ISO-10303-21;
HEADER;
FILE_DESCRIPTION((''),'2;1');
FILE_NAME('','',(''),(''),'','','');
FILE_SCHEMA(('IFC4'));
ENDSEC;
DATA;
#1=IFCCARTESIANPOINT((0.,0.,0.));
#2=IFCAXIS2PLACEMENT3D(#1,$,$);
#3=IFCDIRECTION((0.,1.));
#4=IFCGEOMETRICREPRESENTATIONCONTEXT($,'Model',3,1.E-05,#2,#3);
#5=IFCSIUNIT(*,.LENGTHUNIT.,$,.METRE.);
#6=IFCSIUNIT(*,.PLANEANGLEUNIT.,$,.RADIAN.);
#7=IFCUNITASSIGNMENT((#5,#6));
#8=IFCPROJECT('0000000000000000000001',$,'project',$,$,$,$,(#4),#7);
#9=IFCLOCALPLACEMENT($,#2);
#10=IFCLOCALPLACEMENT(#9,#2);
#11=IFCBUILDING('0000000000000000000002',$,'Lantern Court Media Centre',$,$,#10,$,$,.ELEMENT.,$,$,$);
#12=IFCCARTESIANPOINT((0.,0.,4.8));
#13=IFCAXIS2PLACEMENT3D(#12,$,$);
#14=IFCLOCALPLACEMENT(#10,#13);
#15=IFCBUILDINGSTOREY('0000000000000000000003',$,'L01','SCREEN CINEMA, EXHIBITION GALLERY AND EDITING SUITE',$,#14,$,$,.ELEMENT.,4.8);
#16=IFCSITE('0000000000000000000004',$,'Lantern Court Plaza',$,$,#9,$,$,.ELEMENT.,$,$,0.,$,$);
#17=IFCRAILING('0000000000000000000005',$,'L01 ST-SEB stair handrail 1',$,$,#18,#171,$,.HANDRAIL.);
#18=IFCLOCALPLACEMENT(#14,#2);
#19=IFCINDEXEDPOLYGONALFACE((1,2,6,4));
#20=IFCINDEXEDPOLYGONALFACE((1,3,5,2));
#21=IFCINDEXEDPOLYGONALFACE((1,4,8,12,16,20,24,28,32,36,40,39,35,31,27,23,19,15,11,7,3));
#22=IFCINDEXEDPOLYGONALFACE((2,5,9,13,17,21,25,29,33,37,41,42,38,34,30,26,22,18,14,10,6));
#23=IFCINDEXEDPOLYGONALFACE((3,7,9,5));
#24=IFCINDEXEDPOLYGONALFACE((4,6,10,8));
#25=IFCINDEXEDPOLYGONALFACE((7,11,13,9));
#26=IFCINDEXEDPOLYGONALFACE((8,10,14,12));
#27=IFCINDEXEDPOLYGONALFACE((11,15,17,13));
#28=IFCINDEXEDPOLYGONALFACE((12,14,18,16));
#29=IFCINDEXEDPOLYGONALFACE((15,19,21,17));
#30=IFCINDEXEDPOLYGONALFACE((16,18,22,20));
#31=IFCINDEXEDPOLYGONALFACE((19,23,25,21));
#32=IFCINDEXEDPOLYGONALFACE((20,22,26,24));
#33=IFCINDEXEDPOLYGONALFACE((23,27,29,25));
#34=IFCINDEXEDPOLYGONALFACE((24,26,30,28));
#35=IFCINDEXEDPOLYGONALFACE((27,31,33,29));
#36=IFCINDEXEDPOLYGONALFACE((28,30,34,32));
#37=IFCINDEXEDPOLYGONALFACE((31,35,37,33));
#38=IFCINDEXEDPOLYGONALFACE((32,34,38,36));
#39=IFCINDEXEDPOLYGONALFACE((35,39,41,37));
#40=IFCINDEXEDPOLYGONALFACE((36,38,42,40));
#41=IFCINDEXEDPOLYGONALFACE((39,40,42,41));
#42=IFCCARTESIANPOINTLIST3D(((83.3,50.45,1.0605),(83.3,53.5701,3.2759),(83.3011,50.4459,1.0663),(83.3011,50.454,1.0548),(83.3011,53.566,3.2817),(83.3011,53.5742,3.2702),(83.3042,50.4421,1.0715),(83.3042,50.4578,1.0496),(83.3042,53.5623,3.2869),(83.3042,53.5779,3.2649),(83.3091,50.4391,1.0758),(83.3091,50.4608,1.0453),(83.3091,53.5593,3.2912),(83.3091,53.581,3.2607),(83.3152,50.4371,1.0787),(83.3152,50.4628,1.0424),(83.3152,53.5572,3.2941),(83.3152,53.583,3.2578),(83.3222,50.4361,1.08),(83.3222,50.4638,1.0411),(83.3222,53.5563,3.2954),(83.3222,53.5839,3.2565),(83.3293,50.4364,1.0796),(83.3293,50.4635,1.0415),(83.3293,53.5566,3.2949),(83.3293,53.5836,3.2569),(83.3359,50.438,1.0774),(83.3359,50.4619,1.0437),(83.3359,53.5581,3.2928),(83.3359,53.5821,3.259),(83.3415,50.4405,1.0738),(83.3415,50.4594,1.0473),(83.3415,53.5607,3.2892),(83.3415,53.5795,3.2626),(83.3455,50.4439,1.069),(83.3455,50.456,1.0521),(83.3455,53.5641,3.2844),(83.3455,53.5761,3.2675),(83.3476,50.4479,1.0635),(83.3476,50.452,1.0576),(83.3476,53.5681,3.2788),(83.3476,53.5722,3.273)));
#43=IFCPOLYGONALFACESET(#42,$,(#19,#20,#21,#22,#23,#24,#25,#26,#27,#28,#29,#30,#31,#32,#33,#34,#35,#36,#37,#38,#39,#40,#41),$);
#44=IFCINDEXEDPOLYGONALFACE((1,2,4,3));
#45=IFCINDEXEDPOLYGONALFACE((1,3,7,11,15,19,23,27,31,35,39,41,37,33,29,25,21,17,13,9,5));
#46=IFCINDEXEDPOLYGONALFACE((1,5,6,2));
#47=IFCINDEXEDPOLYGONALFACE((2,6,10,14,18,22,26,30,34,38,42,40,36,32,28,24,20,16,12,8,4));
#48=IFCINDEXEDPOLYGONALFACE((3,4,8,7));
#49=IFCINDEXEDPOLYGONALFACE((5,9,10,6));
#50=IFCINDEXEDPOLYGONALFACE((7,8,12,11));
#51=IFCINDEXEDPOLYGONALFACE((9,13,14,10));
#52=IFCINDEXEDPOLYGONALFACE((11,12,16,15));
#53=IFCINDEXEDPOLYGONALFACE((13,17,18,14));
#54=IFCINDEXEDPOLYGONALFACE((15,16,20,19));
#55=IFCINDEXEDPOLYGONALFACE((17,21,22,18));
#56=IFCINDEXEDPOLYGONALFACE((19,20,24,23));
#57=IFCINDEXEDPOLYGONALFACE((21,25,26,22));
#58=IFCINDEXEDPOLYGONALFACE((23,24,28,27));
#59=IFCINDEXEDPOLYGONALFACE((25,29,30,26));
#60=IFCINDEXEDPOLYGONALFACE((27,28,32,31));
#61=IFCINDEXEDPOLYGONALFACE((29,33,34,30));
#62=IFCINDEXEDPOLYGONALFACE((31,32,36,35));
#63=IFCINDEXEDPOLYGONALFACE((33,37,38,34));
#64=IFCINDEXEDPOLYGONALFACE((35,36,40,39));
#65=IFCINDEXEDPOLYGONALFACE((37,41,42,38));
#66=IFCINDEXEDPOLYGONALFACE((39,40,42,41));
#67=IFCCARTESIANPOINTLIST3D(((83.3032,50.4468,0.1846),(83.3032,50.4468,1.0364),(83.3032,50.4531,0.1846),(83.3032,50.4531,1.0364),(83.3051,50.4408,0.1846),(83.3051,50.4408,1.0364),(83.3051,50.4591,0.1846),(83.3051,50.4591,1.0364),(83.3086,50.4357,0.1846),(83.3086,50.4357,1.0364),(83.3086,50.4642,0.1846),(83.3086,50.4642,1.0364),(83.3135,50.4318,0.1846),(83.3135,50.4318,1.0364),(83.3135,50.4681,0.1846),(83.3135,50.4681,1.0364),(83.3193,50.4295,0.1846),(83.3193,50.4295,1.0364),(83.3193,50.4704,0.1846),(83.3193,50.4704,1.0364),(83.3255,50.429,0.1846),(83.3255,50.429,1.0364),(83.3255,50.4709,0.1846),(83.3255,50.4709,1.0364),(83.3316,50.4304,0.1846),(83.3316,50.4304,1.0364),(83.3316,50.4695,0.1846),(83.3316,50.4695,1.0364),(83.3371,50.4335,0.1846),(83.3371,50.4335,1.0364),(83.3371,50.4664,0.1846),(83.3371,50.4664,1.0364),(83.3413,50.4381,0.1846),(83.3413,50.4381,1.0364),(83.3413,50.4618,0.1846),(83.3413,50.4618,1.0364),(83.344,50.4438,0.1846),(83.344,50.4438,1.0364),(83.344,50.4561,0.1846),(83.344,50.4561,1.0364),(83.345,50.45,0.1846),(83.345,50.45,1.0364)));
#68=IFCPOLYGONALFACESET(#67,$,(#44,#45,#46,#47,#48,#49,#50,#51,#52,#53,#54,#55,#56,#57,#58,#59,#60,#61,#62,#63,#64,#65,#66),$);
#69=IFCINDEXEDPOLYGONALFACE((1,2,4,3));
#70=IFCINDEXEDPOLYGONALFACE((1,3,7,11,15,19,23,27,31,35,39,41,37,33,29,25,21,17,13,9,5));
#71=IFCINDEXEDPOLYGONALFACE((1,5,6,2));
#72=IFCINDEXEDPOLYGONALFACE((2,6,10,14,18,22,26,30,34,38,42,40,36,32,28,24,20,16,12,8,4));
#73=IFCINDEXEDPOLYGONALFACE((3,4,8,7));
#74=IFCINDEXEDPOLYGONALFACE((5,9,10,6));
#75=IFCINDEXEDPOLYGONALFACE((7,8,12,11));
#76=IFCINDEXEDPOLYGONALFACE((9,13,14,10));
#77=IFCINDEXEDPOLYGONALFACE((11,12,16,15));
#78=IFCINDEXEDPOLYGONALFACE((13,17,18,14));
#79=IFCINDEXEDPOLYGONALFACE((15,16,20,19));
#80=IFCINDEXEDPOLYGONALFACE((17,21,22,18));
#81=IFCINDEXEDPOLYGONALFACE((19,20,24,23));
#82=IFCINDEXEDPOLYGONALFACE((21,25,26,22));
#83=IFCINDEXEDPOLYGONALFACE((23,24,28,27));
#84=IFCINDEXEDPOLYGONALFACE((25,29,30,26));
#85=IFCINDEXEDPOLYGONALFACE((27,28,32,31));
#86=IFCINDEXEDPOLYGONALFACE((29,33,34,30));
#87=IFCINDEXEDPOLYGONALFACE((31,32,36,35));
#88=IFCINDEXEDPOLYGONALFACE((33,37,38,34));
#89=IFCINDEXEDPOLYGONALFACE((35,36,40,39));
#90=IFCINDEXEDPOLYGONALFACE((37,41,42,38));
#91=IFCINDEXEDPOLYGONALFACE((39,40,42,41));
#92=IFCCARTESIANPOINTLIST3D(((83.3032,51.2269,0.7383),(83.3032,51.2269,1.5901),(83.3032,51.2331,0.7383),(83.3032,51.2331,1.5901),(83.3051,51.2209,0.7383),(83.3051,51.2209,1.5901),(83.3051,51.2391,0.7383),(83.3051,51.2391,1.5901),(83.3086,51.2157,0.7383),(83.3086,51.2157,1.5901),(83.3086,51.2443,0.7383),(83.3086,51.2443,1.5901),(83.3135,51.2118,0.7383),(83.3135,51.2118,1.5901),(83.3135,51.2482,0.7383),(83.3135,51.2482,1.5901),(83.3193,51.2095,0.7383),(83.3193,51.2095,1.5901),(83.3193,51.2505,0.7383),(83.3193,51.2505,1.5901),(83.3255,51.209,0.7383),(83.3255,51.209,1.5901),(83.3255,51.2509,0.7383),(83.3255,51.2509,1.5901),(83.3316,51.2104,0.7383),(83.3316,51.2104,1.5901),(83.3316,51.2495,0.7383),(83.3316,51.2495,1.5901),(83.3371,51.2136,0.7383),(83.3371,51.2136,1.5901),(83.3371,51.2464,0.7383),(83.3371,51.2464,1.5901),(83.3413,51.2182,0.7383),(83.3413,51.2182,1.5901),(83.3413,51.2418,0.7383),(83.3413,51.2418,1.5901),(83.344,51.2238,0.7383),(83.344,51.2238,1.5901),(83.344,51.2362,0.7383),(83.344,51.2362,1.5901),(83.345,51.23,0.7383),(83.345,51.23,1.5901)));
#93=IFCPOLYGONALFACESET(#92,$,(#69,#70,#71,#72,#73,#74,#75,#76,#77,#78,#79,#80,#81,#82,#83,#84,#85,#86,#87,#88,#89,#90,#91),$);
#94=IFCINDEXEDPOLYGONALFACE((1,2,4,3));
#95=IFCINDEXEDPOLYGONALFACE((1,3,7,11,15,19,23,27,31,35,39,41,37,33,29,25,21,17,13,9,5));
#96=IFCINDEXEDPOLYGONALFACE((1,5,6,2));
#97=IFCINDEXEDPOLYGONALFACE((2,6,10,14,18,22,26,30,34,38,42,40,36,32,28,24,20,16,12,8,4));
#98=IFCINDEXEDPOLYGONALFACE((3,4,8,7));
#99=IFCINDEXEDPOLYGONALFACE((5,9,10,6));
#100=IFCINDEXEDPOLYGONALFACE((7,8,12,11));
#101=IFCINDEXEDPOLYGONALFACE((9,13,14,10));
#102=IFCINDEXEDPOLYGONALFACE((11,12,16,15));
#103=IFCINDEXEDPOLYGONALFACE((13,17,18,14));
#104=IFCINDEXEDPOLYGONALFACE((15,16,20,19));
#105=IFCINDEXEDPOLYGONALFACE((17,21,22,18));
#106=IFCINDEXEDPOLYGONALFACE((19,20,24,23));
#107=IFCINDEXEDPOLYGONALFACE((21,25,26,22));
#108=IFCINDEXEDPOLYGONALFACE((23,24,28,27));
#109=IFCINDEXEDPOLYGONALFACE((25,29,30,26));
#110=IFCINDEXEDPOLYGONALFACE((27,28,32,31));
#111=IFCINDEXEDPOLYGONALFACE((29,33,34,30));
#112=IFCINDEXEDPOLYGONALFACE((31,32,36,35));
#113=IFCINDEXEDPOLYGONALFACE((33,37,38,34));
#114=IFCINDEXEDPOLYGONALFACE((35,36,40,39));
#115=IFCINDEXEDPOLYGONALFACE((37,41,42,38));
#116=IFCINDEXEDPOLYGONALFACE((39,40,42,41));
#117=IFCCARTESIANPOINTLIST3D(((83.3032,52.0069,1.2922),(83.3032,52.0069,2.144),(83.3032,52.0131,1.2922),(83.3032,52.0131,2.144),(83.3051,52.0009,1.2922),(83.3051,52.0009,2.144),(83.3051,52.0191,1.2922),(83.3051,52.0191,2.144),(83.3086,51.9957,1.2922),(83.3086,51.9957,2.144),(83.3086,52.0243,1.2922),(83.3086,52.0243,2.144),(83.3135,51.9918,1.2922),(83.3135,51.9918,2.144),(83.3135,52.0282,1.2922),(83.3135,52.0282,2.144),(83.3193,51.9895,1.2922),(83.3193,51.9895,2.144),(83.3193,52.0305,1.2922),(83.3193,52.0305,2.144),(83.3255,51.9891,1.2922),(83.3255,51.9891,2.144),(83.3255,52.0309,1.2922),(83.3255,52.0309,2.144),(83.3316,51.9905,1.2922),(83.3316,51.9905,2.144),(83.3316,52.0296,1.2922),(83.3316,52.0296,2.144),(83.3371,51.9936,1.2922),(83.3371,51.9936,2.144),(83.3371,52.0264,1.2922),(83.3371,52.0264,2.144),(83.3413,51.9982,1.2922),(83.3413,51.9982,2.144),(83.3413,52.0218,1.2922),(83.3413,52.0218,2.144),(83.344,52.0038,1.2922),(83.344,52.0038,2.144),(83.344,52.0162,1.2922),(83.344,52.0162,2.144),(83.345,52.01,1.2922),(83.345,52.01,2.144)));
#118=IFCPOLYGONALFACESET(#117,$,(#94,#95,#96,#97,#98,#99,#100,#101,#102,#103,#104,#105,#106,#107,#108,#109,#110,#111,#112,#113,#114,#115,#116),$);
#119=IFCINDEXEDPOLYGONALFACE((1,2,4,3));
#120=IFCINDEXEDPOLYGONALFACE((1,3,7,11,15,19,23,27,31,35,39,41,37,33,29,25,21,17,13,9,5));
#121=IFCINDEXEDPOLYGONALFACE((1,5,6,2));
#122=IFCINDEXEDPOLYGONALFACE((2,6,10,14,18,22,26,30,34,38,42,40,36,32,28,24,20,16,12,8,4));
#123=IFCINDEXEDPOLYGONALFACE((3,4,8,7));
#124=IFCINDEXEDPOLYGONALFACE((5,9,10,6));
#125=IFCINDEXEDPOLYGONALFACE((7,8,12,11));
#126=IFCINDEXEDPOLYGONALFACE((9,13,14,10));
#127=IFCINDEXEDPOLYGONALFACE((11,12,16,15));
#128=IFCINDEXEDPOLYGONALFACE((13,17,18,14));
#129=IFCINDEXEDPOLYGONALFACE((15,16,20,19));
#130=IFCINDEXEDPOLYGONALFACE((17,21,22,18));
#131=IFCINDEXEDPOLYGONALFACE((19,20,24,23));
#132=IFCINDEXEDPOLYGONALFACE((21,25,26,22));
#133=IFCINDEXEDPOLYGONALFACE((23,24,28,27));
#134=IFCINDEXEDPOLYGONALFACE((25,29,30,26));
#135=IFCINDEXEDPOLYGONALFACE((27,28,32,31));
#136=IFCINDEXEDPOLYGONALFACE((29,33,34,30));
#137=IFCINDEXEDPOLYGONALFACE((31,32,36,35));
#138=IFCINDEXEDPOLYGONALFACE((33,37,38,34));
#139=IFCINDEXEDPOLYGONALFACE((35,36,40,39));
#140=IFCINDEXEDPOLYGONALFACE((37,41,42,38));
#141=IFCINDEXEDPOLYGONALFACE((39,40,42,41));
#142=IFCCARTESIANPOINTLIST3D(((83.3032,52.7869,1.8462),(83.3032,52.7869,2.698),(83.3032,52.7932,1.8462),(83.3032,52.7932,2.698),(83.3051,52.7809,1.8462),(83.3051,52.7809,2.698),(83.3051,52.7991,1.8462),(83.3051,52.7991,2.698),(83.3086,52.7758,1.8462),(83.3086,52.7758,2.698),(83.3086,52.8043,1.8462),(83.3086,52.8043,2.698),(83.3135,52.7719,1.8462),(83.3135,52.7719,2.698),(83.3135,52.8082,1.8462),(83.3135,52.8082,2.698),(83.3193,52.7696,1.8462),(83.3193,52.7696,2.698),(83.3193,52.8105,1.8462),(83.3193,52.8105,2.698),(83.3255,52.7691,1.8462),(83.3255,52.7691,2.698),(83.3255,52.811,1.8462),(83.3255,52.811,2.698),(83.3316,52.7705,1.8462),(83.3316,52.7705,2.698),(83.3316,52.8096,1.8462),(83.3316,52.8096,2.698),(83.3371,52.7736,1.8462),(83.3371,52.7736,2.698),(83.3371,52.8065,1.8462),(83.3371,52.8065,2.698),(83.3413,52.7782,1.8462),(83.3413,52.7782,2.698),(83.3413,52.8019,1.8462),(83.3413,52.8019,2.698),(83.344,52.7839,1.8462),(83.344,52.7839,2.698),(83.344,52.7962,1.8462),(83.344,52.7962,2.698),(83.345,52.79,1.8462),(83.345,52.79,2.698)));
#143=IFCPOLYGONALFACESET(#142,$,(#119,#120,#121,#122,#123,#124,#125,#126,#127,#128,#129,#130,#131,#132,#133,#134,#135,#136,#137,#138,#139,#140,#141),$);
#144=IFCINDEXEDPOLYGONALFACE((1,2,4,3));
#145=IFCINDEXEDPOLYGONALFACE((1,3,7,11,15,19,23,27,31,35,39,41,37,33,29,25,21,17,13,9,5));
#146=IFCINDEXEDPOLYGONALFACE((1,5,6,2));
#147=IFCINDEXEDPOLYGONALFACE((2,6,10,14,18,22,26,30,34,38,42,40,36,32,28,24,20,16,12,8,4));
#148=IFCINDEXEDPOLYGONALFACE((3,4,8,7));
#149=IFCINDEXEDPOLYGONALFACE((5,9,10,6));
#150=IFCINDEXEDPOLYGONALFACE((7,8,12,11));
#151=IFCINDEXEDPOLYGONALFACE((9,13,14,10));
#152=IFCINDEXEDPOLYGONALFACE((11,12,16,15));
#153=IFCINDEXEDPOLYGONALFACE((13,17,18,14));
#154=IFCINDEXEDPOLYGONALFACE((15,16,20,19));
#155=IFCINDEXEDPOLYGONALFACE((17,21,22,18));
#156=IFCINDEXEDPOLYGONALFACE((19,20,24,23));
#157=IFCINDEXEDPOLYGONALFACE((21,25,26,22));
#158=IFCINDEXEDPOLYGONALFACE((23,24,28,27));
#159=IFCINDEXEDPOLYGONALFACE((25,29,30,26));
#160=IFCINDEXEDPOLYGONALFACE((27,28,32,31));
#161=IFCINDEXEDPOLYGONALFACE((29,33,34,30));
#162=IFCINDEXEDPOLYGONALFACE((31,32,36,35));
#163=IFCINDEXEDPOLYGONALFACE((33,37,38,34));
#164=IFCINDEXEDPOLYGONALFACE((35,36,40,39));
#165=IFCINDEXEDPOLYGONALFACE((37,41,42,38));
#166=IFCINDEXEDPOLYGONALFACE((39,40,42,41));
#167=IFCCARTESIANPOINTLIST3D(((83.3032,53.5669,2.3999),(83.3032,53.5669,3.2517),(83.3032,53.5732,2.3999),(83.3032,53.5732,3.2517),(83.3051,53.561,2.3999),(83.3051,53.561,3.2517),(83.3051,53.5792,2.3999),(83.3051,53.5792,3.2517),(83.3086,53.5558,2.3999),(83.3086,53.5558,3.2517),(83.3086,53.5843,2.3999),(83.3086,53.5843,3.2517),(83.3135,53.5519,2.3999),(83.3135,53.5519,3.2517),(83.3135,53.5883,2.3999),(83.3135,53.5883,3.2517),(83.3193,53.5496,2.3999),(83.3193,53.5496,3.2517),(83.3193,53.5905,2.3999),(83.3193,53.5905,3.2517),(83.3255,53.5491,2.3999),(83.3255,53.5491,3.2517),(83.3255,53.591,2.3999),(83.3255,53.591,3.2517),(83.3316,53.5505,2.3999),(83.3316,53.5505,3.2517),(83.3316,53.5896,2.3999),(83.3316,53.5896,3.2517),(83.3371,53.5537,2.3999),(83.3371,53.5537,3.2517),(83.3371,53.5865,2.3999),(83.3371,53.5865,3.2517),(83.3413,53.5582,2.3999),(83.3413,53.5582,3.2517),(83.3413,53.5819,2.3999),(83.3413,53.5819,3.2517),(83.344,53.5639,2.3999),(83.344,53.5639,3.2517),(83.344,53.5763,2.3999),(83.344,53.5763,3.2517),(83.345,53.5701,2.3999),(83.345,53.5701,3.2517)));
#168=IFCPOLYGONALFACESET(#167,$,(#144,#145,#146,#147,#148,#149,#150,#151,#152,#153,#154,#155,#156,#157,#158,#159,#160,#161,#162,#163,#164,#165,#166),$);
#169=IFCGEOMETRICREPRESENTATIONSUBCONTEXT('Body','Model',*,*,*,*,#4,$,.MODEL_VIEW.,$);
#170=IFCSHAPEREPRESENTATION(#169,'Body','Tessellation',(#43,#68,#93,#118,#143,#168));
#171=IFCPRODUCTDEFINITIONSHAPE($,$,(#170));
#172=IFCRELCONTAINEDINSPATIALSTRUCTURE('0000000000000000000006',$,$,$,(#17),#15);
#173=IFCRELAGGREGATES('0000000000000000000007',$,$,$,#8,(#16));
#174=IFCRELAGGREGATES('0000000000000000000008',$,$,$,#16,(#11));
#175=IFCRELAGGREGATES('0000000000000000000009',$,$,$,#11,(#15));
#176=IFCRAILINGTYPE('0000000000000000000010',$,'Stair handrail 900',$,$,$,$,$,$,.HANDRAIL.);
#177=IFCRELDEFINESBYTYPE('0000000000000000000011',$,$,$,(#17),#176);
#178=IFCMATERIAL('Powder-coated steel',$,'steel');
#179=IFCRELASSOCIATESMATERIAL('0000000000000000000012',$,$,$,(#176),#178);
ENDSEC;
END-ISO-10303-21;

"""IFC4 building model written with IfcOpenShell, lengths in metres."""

from ifc_helpers import new_model, si_unit, direction, frame, origin, origin_2d, place, context, subcontext, project, spatial, circle, extrude, material, type_object, element, save


model = new_model("IFC4")

# Units and contexts
model_context = context("Model", 3, precision=1e-05, world=origin(), true_north=direction((0.0, 1.0)))
body_context = subcontext(model_context, "Body", "Model", "MODEL_VIEW")
ifc_project = project(units=[si_unit("LENGTHUNIT", "METRE"), si_unit("PLANEANGLEUNIT", "RADIAN")], contexts=[model_context])

# Site, building, storey
site_placement = place(None, origin())
site = spatial("IfcSite", under=ifc_project, at=site_placement, Name="Lantern Court Plaza", CompositionType="ELEMENT", RefElevation=0.0)
building_placement = place(site_placement, origin())
building = spatial("IfcBuilding", under=site, at=building_placement, Name="Lantern Court Media Centre", CompositionType="ELEMENT")
storey_placement = place(building_placement, frame((0.0, 0.0, 4.8)))
storey = spatial("IfcBuildingStorey", under=building, at=storey_placement, Name="L01", Description="SCREEN CINEMA, EXHIBITION GALLERY AND EDITING SUITE", CompositionType="ELEMENT", Elevation=4.8)

# Railing
ifc_material_1 = material(Name="Powder-coated steel", Category="steel")
railing_type_1 = type_object("IfcRailingType", Name="Stair handrail 900", PredefinedType="HANDRAIL", material=ifc_material_1)
railing_1_placement = place(storey_placement, frame((83.324, 50.45, 0.1846)))
element("IfcRailing", 1, at=railing_1_placement, inside=storey, type_object=railing_type_1, Name="L01 ST-SEB stair handrail 1", PredefinedType="HANDRAIL", context=body_context, shape_type="SweptSolid", body=[
    extrude(circle(Radius=0.0239, at=origin_2d()), frame((0.0, 0.0, 0.876), z_axis=(0.0, 0.815377, 0.57893), x_axis=(-1.0, 0.0, 0.0)), (0.0, 0.0, 1.0), 3.8267),
    extrude(circle(Radius=0.021, at=origin_2d()), origin(), (0.0, 0.0, 1.0), 0.8518),
    extrude(circle(Radius=0.021, at=origin_2d()), frame((0.0, 0.78, 0.5537)), (0.0, 0.0, 1.0), 0.8518),
    extrude(circle(Radius=0.021, at=origin_2d()), frame((0.0, 1.5601, 1.1077)), (0.0, 0.0, 1.0), 0.8518),
    extrude(circle(Radius=0.021, at=origin_2d()), frame((0.0, 2.3401, 1.6616)), (0.0, 0.0, 1.0), 0.8518),
    extrude(circle(Radius=0.021, at=origin_2d()), frame((0.0, 3.1201, 2.2153)), (0.0, 0.0, 1.0), 0.8518),
])

save(model, "model.ifc")
